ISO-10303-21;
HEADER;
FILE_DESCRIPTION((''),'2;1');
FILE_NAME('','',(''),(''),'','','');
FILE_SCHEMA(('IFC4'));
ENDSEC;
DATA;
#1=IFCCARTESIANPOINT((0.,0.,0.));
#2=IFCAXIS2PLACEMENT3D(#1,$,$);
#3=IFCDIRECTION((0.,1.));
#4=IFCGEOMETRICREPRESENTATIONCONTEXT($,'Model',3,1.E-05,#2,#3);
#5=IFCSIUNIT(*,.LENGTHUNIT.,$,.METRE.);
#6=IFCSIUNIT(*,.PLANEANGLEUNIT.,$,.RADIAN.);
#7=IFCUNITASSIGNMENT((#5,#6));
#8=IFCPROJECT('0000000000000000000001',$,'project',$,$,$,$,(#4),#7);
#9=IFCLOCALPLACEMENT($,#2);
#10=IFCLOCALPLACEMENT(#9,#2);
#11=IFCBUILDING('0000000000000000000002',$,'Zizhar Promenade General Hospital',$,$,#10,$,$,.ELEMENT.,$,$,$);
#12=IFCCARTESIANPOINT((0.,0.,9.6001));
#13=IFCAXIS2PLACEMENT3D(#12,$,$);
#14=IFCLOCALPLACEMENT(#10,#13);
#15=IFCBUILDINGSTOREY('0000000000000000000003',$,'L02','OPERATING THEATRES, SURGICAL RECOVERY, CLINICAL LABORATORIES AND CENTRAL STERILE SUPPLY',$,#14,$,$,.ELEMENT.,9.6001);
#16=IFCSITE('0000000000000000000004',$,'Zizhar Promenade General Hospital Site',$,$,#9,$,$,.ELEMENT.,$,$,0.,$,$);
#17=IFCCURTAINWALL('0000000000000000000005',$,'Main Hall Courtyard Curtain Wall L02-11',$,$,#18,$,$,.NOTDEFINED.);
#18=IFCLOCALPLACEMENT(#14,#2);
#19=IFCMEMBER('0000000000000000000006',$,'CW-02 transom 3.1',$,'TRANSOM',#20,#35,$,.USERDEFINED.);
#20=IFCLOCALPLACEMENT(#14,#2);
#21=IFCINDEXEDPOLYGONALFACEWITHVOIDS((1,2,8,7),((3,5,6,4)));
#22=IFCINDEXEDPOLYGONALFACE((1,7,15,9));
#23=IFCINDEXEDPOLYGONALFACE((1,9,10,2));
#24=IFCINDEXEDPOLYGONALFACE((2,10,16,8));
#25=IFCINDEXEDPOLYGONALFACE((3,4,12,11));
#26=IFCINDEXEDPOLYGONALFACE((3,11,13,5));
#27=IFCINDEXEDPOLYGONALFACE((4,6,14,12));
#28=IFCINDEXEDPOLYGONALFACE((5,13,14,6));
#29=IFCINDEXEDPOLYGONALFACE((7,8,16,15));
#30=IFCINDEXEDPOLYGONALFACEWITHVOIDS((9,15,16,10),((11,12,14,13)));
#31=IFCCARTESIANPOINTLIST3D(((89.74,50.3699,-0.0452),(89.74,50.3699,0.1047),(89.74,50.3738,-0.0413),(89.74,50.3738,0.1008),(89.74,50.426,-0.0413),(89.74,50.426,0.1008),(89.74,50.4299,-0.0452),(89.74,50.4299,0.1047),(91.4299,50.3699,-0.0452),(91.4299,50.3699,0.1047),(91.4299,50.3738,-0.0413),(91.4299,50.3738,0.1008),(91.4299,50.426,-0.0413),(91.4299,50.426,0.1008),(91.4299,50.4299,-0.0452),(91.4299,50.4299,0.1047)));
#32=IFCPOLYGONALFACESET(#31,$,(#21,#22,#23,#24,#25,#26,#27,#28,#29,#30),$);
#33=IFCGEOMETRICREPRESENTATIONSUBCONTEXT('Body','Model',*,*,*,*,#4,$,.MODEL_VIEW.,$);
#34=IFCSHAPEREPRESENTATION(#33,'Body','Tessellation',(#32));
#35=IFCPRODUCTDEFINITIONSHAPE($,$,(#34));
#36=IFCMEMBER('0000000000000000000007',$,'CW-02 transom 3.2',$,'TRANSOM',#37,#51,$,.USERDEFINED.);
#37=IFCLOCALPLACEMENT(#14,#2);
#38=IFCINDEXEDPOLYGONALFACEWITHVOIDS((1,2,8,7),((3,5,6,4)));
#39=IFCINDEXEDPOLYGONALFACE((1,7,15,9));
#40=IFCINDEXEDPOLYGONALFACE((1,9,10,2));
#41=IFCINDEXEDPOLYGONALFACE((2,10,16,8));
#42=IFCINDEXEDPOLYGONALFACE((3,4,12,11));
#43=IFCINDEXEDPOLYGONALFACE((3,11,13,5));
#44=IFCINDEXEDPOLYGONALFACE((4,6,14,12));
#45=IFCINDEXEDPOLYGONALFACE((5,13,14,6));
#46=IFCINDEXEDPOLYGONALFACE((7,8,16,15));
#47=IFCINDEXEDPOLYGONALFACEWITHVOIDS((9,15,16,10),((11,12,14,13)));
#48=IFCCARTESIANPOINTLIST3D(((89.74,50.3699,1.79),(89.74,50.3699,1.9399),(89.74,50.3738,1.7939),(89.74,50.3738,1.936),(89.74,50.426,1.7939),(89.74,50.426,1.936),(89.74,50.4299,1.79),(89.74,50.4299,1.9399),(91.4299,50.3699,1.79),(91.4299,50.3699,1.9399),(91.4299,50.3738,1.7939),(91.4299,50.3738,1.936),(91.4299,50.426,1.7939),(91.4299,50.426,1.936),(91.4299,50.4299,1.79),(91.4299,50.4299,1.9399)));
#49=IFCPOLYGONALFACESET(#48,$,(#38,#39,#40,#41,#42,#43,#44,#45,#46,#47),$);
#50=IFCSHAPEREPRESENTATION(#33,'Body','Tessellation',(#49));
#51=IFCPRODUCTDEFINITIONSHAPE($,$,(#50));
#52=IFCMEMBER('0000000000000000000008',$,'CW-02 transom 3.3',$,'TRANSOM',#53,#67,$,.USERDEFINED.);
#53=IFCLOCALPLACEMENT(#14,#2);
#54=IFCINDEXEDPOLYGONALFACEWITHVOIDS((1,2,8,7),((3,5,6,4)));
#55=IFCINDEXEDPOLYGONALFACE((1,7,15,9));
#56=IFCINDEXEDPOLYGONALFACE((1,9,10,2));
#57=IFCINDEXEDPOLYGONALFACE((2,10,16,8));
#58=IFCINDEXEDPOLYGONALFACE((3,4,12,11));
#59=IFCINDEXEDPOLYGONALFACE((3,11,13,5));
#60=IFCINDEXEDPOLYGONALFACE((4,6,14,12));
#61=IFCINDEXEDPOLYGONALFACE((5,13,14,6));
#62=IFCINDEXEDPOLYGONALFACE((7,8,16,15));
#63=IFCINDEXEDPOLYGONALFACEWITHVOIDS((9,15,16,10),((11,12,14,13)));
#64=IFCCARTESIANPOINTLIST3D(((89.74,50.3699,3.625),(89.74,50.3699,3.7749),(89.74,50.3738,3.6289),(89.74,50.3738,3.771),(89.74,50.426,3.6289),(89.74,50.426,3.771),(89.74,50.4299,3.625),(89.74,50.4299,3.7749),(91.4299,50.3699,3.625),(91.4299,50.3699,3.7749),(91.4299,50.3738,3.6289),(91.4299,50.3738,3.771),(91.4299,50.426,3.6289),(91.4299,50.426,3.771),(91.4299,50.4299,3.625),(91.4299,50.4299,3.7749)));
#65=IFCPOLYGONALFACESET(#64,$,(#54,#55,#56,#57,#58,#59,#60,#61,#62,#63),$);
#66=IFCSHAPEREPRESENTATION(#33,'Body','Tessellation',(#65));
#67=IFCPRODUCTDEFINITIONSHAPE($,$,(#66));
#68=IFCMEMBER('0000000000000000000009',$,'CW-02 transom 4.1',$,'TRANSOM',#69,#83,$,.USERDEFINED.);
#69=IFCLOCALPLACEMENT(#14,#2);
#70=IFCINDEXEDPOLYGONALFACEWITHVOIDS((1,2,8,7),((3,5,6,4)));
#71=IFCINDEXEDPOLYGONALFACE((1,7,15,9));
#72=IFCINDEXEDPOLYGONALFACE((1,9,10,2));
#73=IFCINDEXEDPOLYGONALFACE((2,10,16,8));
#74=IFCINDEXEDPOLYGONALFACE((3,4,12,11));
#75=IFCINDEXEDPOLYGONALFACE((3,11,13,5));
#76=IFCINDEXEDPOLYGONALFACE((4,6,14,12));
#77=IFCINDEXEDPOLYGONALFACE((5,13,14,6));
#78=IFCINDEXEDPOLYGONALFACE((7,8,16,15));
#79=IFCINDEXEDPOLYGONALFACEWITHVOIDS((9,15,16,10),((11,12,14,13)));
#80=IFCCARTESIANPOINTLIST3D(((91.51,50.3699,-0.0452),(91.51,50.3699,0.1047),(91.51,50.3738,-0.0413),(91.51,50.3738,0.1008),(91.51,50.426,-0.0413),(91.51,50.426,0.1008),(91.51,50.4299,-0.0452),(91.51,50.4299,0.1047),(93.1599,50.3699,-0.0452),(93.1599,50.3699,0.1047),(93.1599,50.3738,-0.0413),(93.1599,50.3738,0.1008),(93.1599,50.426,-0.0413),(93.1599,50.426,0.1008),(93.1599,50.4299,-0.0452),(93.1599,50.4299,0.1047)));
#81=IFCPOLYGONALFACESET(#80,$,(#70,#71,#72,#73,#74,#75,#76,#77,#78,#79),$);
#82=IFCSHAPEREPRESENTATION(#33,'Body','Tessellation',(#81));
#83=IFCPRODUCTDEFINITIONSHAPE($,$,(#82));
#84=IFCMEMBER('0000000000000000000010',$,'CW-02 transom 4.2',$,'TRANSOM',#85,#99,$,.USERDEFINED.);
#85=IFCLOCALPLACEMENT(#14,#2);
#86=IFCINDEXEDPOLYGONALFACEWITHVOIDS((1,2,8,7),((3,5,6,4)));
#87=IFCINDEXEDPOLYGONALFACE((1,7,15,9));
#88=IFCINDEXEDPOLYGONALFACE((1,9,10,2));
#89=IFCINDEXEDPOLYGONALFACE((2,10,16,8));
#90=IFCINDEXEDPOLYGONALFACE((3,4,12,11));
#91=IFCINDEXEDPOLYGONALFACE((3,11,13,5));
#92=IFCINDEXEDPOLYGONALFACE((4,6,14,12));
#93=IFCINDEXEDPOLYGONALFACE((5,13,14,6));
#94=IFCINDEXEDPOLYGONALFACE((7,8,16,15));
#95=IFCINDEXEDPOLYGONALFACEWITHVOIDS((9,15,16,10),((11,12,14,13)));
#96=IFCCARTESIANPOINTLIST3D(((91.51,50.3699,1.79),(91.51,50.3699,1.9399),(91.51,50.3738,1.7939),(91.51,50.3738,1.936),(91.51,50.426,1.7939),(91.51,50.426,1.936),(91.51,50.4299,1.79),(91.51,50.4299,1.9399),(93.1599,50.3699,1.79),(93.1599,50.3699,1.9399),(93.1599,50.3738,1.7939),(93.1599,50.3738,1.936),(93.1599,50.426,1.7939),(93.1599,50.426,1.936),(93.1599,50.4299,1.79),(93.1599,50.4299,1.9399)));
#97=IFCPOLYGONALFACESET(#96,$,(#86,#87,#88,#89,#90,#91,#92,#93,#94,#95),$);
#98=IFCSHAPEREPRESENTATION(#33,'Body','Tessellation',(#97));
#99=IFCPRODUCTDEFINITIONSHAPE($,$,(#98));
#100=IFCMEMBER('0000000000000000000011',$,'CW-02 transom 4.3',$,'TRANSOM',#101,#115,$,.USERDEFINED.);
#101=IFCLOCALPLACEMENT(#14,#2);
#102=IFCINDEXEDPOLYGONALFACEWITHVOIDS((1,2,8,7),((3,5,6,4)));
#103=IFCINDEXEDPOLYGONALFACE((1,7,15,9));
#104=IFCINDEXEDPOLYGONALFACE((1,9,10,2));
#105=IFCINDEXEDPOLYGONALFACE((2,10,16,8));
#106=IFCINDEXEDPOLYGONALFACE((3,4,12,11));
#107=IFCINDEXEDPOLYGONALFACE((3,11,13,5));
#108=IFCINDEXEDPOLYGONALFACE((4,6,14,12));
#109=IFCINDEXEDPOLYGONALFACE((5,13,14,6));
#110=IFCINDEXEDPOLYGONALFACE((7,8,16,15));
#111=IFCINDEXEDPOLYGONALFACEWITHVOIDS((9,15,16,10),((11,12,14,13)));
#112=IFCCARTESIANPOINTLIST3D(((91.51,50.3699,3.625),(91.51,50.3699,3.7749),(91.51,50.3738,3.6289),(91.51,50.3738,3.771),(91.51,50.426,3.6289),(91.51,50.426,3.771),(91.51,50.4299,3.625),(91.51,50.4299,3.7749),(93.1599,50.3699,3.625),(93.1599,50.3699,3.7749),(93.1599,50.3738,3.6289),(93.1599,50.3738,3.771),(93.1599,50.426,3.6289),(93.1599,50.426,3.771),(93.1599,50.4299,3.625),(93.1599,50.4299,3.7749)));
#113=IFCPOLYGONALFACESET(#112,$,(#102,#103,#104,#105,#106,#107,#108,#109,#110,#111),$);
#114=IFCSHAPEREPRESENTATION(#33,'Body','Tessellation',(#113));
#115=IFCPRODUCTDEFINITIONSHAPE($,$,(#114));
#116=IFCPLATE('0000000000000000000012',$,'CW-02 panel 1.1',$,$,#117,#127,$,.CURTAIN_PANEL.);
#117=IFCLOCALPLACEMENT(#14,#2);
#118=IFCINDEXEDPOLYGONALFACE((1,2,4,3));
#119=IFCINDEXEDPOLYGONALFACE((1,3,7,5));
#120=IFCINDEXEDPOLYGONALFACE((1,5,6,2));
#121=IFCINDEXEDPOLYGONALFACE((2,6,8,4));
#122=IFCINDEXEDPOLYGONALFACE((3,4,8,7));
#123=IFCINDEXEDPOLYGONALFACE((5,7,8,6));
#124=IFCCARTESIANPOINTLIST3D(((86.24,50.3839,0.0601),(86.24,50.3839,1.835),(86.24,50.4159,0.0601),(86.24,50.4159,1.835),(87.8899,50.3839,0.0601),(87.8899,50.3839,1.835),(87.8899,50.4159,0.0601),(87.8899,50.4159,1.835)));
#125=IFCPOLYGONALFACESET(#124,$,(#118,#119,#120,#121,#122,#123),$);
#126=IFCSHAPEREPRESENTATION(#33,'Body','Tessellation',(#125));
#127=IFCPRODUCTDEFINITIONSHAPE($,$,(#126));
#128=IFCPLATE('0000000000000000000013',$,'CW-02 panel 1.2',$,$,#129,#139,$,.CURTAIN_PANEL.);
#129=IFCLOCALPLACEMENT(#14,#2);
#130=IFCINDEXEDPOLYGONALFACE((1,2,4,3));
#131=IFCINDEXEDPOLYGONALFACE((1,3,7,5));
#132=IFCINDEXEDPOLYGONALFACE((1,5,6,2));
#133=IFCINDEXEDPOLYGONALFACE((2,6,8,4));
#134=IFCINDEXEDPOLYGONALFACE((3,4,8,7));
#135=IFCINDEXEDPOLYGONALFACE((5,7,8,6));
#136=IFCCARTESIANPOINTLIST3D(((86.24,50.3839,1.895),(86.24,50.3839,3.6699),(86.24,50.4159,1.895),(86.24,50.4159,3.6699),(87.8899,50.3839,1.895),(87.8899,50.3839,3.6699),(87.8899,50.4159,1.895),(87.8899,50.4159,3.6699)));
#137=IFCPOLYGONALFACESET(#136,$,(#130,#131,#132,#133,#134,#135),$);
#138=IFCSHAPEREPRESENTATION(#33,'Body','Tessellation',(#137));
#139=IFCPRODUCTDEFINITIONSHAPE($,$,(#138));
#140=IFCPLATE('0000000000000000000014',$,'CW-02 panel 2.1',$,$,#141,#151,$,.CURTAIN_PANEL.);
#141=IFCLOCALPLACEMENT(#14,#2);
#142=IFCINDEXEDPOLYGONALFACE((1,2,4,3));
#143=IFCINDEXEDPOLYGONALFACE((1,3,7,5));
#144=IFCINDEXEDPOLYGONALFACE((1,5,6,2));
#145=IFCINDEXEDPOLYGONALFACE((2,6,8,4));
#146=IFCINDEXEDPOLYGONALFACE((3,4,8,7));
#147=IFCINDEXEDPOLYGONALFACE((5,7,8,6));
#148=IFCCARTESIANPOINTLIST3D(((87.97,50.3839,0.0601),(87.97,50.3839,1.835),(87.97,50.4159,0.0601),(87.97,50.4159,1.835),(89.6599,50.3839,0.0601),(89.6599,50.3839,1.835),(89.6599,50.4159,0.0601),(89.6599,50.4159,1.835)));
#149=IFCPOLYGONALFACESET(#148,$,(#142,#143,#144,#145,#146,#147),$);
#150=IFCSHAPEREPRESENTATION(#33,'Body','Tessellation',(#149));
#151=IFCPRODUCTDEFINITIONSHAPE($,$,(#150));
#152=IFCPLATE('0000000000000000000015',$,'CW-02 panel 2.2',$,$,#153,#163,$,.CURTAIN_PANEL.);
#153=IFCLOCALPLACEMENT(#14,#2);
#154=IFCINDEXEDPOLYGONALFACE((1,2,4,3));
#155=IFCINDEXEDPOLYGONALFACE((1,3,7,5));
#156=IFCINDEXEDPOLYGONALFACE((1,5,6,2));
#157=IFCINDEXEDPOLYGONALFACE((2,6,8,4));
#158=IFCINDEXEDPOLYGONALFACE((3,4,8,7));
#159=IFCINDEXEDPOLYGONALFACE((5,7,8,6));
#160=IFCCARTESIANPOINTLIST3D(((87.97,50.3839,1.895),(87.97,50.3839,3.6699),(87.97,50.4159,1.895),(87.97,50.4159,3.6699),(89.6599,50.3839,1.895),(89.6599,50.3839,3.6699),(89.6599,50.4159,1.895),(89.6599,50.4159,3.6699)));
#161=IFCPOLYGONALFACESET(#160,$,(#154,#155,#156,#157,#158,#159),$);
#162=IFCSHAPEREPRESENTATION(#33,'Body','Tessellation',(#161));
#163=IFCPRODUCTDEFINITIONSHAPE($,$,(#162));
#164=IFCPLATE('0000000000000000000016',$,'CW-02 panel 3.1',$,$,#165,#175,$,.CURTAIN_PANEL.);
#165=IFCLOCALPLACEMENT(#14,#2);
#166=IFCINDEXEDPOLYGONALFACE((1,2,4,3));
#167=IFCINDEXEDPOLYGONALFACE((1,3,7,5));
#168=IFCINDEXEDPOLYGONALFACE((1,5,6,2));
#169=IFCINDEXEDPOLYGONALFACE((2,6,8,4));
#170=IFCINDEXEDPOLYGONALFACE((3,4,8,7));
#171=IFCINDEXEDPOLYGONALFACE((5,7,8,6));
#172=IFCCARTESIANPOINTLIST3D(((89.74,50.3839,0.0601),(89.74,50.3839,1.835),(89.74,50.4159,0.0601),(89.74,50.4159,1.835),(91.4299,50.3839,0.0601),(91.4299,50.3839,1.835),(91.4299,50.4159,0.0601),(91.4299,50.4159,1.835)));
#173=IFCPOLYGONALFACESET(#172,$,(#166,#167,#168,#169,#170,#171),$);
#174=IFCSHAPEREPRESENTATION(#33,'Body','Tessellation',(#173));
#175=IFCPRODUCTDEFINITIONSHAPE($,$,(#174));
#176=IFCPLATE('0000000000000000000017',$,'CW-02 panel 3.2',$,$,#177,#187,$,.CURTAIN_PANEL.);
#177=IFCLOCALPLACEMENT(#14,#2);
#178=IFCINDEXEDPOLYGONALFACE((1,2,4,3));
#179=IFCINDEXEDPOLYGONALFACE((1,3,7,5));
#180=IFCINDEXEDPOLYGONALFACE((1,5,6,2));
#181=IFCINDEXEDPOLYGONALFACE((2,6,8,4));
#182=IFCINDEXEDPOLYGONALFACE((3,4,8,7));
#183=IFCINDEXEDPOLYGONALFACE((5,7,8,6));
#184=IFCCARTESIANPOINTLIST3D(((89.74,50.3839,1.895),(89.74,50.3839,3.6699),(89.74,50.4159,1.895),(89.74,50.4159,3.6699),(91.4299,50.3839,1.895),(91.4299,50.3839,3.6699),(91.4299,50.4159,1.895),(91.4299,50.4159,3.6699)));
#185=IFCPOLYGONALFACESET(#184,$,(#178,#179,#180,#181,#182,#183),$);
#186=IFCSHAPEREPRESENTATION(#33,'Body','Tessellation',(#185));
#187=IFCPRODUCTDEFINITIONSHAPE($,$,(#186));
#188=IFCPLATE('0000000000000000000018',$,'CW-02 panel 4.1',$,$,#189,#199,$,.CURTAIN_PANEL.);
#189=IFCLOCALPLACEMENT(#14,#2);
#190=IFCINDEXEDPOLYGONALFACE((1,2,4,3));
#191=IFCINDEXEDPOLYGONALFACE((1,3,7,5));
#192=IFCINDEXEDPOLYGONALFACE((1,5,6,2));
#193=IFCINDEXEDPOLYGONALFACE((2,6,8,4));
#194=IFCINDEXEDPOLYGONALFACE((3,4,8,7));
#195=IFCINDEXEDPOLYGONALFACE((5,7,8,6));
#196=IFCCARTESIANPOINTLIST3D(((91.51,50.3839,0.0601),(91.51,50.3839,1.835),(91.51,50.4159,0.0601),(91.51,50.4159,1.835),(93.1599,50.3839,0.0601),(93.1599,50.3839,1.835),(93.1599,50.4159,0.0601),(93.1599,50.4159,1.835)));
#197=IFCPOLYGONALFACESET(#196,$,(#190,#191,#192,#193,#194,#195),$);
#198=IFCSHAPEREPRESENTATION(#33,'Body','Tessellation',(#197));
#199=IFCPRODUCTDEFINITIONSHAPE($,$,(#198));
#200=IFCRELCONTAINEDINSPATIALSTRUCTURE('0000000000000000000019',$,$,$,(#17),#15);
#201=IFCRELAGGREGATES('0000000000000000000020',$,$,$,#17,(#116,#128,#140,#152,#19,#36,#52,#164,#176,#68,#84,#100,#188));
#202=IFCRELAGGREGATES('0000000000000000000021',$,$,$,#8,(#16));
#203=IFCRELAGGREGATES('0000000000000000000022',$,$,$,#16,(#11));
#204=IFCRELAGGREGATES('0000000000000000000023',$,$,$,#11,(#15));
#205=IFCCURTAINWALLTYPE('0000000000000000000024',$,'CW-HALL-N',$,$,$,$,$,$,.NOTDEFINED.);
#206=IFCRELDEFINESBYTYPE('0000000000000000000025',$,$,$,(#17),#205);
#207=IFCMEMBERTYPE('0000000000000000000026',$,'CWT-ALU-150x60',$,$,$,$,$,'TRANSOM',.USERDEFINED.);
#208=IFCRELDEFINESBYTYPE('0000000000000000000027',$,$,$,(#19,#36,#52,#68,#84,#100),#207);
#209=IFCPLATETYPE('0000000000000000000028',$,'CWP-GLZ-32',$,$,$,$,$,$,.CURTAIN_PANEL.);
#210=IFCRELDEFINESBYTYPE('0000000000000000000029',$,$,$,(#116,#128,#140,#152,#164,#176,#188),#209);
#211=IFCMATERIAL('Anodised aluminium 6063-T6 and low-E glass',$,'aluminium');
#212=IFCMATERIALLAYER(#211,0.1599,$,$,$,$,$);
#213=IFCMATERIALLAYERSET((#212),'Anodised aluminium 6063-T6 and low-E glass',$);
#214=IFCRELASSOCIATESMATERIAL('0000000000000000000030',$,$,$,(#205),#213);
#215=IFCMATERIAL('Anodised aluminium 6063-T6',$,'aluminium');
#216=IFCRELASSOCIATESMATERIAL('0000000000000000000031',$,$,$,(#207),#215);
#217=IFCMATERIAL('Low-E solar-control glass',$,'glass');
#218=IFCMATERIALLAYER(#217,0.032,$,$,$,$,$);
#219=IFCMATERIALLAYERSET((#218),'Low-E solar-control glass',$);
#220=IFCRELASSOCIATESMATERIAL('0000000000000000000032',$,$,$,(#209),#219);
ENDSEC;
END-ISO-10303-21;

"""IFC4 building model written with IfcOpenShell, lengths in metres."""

from ifc_helpers import new_model, si_unit, direction, frame, origin, origin_2d, place, context, subcontext, project, spatial, rectangle, hollow_rectangle, extrude, material, layer, layer_set, material_profile, profile_set, type_object, element, aggregate, save


model = new_model("IFC4")

# Units and contexts
model_context = context("Model", 3, precision=1e-05, world=origin(), true_north=direction((0.0, 1.0)))
body_context = subcontext(model_context, "Body", "Model", "MODEL_VIEW")
ifc_project = project(units=[si_unit("LENGTHUNIT", "METRE"), si_unit("PLANEANGLEUNIT", "RADIAN")], contexts=[model_context])

# Site, building, storey
site_placement = place(None, origin())
site = spatial("IfcSite", under=ifc_project, at=site_placement, Name="Zizhar Promenade General Hospital Site", CompositionType="ELEMENT", RefElevation=0.0)
building_placement = place(site_placement, origin())
building = spatial("IfcBuilding", under=site, at=building_placement, Name="Zizhar Promenade General Hospital", CompositionType="ELEMENT")
storey_placement = place(building_placement, frame((0.0, 0.0, 9.6001)))
storey = spatial("IfcBuildingStorey", under=building, at=storey_placement, Name="L02", Description="OPERATING THEATRES, SURGICAL RECOVERY, CLINICAL LABORATORIES AND CENTRAL STERILE SUPPLY", CompositionType="ELEMENT", Elevation=9.6001)

# Curtain wall, members, plates
ifc_material_1 = material(Name="Anodised aluminium 6063-T6 and low-E glass", Category="aluminium")
ifc_layer_1 = layer(ifc_material_1, 0.1599)
ifc_layer_set_1 = layer_set([ifc_layer_1], Name="Anodised aluminium 6063-T6 and low-E glass")
curtain_wall_type = type_object("IfcCurtainWallType", Name="CW-HALL-N", PredefinedType="NOTDEFINED", material=ifc_layer_set_1)
curtain_wall_placement = place(storey_placement, origin())
curtain_wall = element("IfcCurtainWall", 1, at=curtain_wall_placement, inside=storey, type_object=curtain_wall_type, Name="Main Hall Courtyard Curtain Wall L02-11", PredefinedType="NOTDEFINED")
ifc_material_2 = material(Name="Anodised aluminium 6063-T6", Category="aluminium")
ifc_material_profile_1 = material_profile(ifc_material_2, hollow_rectangle(XDim=0.0601, YDim=0.1499, WallThickness=0.0039, at=origin_2d()))
ifc_profile_set_1 = profile_set([ifc_material_profile_1], Name="Anodised aluminium 6063-T6")
member_type_1 = type_object("IfcMemberType", Name="CWT-ALU-150x60", ElementType="TRANSOM", PredefinedType="USERDEFINED", material=ifc_profile_set_1)
member_1_placement = place(storey_placement, frame((89.74, 50.3999, 0.0298), z_axis=(1.0, 0.0, 0.0), x_axis=(0.0, 1.0, 0.0)))
member_1 = element("IfcMember", 2, at=member_1_placement, type_object=member_type_1, Name="CW-02 transom 3.1", ObjectType="TRANSOM", PredefinedType="USERDEFINED", context=body_context, shape_type="SweptSolid", body=[
    extrude(hollow_rectangle(XDim=0.0601, YDim=0.1499, WallThickness=0.0039, at=origin_2d()), origin(), (0.0, 0.0, 1.0), 1.6899),
])
member_2_placement = place(storey_placement, frame((89.74, 50.3999, 1.865), z_axis=(1.0, 0.0, 0.0), x_axis=(0.0, 1.0, 0.0)))
member_2 = element("IfcMember", 3, at=member_2_placement, type_object=member_type_1, Name="CW-02 transom 3.2", ObjectType="TRANSOM", PredefinedType="USERDEFINED", context=body_context, shape_type="SweptSolid", body=[
    extrude(hollow_rectangle(XDim=0.0601, YDim=0.1499, WallThickness=0.0039, at=origin_2d()), origin(), (0.0, 0.0, 1.0), 1.6899),
])
member_3_placement = place(storey_placement, frame((89.74, 50.3999, 3.7), z_axis=(1.0, 0.0, 0.0), x_axis=(0.0, 1.0, 0.0)))
member_3 = element("IfcMember", 4, at=member_3_placement, type_object=member_type_1, Name="CW-02 transom 3.3", ObjectType="TRANSOM", PredefinedType="USERDEFINED", context=body_context, shape_type="SweptSolid", body=[
    extrude(hollow_rectangle(XDim=0.0601, YDim=0.1499, WallThickness=0.0039, at=origin_2d()), origin(), (0.0, 0.0, 1.0), 1.6899),
])
member_4_placement = place(storey_placement, frame((91.51, 50.3999, 0.0298), z_axis=(1.0, 0.0, 0.0), x_axis=(0.0, 1.0, 0.0)))
member_4 = element("IfcMember", 5, at=member_4_placement, type_object=member_type_1, Name="CW-02 transom 4.1", ObjectType="TRANSOM", PredefinedType="USERDEFINED", context=body_context, shape_type="SweptSolid", body=[
    extrude(hollow_rectangle(XDim=0.0601, YDim=0.1499, WallThickness=0.0039, at=origin_2d()), origin(), (0.0, 0.0, 1.0), 1.6499),
])
member_5_placement = place(storey_placement, frame((91.51, 50.3999, 1.865), z_axis=(1.0, 0.0, 0.0), x_axis=(0.0, 1.0, 0.0)))
member_5 = element("IfcMember", 6, at=member_5_placement, type_object=member_type_1, Name="CW-02 transom 4.2", ObjectType="TRANSOM", PredefinedType="USERDEFINED", context=body_context, shape_type="SweptSolid", body=[
    extrude(hollow_rectangle(XDim=0.0601, YDim=0.1499, WallThickness=0.0039, at=origin_2d()), origin(), (0.0, 0.0, 1.0), 1.6499),
])
member_6_placement = place(storey_placement, frame((91.51, 50.3999, 3.7), z_axis=(1.0, 0.0, 0.0), x_axis=(0.0, 1.0, 0.0)))
member_6 = element("IfcMember", 7, at=member_6_placement, type_object=member_type_1, Name="CW-02 transom 4.3", ObjectType="TRANSOM", PredefinedType="USERDEFINED", context=body_context, shape_type="SweptSolid", body=[
    extrude(hollow_rectangle(XDim=0.0601, YDim=0.1499, WallThickness=0.0039, at=origin_2d()), origin(), (0.0, 0.0, 1.0), 1.6499),
])
ifc_material_3 = material(Name="Low-E solar-control glass", Category="glass")
ifc_layer_2 = layer(ifc_material_3, 0.032)
ifc_layer_set_2 = layer_set([ifc_layer_2], Name="Low-E solar-control glass")
plate_type = type_object("IfcPlateType", Name="CWP-GLZ-32", PredefinedType="CURTAIN_PANEL", material=ifc_layer_set_2)
plate_1_placement = place(storey_placement, frame((87.0649, 50.3999, 0.0601), z_axis=(0.0, 0.0, 1.0), x_axis=(1.0, 0.0, 0.0)))
plate_1 = element("IfcPlate", 8, at=plate_1_placement, type_object=plate_type, Name="CW-02 panel 1.1", PredefinedType="CURTAIN_PANEL", context=body_context, shape_type="SweptSolid", body=[
    extrude(rectangle(XDim=1.6499, YDim=0.032, at=origin_2d()), origin(), (0.0, 0.0, 1.0), 1.7749),
])
plate_2_placement = place(storey_placement, frame((87.0649, 50.3999, 1.895), z_axis=(0.0, 0.0, 1.0), x_axis=(1.0, 0.0, 0.0)))
plate_2 = element("IfcPlate", 9, at=plate_2_placement, type_object=plate_type, Name="CW-02 panel 1.2", PredefinedType="CURTAIN_PANEL", context=body_context, shape_type="SweptSolid", body=[
    extrude(rectangle(XDim=1.6499, YDim=0.032, at=origin_2d()), origin(), (0.0, 0.0, 1.0), 1.7749),
])
plate_3_placement = place(storey_placement, frame((88.8149, 50.3999, 0.0601), z_axis=(0.0, 0.0, 1.0), x_axis=(1.0, 0.0, 0.0)))
plate_3 = element("IfcPlate", 10, at=plate_3_placement, type_object=plate_type, Name="CW-02 panel 2.1", PredefinedType="CURTAIN_PANEL", context=body_context, shape_type="SweptSolid", body=[
    extrude(rectangle(XDim=1.6899, YDim=0.032, at=origin_2d()), origin(), (0.0, 0.0, 1.0), 1.7749),
])
plate_4_placement = place(storey_placement, frame((88.8149, 50.3999, 1.895), z_axis=(0.0, 0.0, 1.0), x_axis=(1.0, 0.0, 0.0)))
plate_4 = element("IfcPlate", 11, at=plate_4_placement, type_object=plate_type, Name="CW-02 panel 2.2", PredefinedType="CURTAIN_PANEL", context=body_context, shape_type="SweptSolid", body=[
    extrude(rectangle(XDim=1.6899, YDim=0.032, at=origin_2d()), origin(), (0.0, 0.0, 1.0), 1.7749),
])
plate_5_placement = place(storey_placement, frame((90.585, 50.3999, 0.0601), z_axis=(0.0, 0.0, 1.0), x_axis=(1.0, 0.0, 0.0)))
plate_5 = element("IfcPlate", 12, at=plate_5_placement, type_object=plate_type, Name="CW-02 panel 3.1", PredefinedType="CURTAIN_PANEL", context=body_context, shape_type="SweptSolid", body=[
    extrude(rectangle(XDim=1.6899, YDim=0.032, at=origin_2d()), origin(), (0.0, 0.0, 1.0), 1.7749),
])
plate_6_placement = place(storey_placement, frame((90.585, 50.3999, 1.895), z_axis=(0.0, 0.0, 1.0), x_axis=(1.0, 0.0, 0.0)))
plate_6 = element("IfcPlate", 13, at=plate_6_placement, type_object=plate_type, Name="CW-02 panel 3.2", PredefinedType="CURTAIN_PANEL", context=body_context, shape_type="SweptSolid", body=[
    extrude(rectangle(XDim=1.6899, YDim=0.032, at=origin_2d()), origin(), (0.0, 0.0, 1.0), 1.7749),
])
plate_7_placement = place(storey_placement, frame((92.335, 50.3999, 0.0601), z_axis=(0.0, 0.0, 1.0), x_axis=(1.0, 0.0, 0.0)))
plate_7 = element("IfcPlate", 14, at=plate_7_placement, type_object=plate_type, Name="CW-02 panel 4.1", PredefinedType="CURTAIN_PANEL", context=body_context, shape_type="SweptSolid", body=[
    extrude(rectangle(XDim=1.6499, YDim=0.032, at=origin_2d()), origin(), (0.0, 0.0, 1.0), 1.7749),
])
aggregate(curtain_wall, [plate_1, plate_2, plate_3, plate_4, member_1, member_2, member_3, plate_5, plate_6, member_4, member_5, member_6, plate_7])

save(model, "model.ifc")
